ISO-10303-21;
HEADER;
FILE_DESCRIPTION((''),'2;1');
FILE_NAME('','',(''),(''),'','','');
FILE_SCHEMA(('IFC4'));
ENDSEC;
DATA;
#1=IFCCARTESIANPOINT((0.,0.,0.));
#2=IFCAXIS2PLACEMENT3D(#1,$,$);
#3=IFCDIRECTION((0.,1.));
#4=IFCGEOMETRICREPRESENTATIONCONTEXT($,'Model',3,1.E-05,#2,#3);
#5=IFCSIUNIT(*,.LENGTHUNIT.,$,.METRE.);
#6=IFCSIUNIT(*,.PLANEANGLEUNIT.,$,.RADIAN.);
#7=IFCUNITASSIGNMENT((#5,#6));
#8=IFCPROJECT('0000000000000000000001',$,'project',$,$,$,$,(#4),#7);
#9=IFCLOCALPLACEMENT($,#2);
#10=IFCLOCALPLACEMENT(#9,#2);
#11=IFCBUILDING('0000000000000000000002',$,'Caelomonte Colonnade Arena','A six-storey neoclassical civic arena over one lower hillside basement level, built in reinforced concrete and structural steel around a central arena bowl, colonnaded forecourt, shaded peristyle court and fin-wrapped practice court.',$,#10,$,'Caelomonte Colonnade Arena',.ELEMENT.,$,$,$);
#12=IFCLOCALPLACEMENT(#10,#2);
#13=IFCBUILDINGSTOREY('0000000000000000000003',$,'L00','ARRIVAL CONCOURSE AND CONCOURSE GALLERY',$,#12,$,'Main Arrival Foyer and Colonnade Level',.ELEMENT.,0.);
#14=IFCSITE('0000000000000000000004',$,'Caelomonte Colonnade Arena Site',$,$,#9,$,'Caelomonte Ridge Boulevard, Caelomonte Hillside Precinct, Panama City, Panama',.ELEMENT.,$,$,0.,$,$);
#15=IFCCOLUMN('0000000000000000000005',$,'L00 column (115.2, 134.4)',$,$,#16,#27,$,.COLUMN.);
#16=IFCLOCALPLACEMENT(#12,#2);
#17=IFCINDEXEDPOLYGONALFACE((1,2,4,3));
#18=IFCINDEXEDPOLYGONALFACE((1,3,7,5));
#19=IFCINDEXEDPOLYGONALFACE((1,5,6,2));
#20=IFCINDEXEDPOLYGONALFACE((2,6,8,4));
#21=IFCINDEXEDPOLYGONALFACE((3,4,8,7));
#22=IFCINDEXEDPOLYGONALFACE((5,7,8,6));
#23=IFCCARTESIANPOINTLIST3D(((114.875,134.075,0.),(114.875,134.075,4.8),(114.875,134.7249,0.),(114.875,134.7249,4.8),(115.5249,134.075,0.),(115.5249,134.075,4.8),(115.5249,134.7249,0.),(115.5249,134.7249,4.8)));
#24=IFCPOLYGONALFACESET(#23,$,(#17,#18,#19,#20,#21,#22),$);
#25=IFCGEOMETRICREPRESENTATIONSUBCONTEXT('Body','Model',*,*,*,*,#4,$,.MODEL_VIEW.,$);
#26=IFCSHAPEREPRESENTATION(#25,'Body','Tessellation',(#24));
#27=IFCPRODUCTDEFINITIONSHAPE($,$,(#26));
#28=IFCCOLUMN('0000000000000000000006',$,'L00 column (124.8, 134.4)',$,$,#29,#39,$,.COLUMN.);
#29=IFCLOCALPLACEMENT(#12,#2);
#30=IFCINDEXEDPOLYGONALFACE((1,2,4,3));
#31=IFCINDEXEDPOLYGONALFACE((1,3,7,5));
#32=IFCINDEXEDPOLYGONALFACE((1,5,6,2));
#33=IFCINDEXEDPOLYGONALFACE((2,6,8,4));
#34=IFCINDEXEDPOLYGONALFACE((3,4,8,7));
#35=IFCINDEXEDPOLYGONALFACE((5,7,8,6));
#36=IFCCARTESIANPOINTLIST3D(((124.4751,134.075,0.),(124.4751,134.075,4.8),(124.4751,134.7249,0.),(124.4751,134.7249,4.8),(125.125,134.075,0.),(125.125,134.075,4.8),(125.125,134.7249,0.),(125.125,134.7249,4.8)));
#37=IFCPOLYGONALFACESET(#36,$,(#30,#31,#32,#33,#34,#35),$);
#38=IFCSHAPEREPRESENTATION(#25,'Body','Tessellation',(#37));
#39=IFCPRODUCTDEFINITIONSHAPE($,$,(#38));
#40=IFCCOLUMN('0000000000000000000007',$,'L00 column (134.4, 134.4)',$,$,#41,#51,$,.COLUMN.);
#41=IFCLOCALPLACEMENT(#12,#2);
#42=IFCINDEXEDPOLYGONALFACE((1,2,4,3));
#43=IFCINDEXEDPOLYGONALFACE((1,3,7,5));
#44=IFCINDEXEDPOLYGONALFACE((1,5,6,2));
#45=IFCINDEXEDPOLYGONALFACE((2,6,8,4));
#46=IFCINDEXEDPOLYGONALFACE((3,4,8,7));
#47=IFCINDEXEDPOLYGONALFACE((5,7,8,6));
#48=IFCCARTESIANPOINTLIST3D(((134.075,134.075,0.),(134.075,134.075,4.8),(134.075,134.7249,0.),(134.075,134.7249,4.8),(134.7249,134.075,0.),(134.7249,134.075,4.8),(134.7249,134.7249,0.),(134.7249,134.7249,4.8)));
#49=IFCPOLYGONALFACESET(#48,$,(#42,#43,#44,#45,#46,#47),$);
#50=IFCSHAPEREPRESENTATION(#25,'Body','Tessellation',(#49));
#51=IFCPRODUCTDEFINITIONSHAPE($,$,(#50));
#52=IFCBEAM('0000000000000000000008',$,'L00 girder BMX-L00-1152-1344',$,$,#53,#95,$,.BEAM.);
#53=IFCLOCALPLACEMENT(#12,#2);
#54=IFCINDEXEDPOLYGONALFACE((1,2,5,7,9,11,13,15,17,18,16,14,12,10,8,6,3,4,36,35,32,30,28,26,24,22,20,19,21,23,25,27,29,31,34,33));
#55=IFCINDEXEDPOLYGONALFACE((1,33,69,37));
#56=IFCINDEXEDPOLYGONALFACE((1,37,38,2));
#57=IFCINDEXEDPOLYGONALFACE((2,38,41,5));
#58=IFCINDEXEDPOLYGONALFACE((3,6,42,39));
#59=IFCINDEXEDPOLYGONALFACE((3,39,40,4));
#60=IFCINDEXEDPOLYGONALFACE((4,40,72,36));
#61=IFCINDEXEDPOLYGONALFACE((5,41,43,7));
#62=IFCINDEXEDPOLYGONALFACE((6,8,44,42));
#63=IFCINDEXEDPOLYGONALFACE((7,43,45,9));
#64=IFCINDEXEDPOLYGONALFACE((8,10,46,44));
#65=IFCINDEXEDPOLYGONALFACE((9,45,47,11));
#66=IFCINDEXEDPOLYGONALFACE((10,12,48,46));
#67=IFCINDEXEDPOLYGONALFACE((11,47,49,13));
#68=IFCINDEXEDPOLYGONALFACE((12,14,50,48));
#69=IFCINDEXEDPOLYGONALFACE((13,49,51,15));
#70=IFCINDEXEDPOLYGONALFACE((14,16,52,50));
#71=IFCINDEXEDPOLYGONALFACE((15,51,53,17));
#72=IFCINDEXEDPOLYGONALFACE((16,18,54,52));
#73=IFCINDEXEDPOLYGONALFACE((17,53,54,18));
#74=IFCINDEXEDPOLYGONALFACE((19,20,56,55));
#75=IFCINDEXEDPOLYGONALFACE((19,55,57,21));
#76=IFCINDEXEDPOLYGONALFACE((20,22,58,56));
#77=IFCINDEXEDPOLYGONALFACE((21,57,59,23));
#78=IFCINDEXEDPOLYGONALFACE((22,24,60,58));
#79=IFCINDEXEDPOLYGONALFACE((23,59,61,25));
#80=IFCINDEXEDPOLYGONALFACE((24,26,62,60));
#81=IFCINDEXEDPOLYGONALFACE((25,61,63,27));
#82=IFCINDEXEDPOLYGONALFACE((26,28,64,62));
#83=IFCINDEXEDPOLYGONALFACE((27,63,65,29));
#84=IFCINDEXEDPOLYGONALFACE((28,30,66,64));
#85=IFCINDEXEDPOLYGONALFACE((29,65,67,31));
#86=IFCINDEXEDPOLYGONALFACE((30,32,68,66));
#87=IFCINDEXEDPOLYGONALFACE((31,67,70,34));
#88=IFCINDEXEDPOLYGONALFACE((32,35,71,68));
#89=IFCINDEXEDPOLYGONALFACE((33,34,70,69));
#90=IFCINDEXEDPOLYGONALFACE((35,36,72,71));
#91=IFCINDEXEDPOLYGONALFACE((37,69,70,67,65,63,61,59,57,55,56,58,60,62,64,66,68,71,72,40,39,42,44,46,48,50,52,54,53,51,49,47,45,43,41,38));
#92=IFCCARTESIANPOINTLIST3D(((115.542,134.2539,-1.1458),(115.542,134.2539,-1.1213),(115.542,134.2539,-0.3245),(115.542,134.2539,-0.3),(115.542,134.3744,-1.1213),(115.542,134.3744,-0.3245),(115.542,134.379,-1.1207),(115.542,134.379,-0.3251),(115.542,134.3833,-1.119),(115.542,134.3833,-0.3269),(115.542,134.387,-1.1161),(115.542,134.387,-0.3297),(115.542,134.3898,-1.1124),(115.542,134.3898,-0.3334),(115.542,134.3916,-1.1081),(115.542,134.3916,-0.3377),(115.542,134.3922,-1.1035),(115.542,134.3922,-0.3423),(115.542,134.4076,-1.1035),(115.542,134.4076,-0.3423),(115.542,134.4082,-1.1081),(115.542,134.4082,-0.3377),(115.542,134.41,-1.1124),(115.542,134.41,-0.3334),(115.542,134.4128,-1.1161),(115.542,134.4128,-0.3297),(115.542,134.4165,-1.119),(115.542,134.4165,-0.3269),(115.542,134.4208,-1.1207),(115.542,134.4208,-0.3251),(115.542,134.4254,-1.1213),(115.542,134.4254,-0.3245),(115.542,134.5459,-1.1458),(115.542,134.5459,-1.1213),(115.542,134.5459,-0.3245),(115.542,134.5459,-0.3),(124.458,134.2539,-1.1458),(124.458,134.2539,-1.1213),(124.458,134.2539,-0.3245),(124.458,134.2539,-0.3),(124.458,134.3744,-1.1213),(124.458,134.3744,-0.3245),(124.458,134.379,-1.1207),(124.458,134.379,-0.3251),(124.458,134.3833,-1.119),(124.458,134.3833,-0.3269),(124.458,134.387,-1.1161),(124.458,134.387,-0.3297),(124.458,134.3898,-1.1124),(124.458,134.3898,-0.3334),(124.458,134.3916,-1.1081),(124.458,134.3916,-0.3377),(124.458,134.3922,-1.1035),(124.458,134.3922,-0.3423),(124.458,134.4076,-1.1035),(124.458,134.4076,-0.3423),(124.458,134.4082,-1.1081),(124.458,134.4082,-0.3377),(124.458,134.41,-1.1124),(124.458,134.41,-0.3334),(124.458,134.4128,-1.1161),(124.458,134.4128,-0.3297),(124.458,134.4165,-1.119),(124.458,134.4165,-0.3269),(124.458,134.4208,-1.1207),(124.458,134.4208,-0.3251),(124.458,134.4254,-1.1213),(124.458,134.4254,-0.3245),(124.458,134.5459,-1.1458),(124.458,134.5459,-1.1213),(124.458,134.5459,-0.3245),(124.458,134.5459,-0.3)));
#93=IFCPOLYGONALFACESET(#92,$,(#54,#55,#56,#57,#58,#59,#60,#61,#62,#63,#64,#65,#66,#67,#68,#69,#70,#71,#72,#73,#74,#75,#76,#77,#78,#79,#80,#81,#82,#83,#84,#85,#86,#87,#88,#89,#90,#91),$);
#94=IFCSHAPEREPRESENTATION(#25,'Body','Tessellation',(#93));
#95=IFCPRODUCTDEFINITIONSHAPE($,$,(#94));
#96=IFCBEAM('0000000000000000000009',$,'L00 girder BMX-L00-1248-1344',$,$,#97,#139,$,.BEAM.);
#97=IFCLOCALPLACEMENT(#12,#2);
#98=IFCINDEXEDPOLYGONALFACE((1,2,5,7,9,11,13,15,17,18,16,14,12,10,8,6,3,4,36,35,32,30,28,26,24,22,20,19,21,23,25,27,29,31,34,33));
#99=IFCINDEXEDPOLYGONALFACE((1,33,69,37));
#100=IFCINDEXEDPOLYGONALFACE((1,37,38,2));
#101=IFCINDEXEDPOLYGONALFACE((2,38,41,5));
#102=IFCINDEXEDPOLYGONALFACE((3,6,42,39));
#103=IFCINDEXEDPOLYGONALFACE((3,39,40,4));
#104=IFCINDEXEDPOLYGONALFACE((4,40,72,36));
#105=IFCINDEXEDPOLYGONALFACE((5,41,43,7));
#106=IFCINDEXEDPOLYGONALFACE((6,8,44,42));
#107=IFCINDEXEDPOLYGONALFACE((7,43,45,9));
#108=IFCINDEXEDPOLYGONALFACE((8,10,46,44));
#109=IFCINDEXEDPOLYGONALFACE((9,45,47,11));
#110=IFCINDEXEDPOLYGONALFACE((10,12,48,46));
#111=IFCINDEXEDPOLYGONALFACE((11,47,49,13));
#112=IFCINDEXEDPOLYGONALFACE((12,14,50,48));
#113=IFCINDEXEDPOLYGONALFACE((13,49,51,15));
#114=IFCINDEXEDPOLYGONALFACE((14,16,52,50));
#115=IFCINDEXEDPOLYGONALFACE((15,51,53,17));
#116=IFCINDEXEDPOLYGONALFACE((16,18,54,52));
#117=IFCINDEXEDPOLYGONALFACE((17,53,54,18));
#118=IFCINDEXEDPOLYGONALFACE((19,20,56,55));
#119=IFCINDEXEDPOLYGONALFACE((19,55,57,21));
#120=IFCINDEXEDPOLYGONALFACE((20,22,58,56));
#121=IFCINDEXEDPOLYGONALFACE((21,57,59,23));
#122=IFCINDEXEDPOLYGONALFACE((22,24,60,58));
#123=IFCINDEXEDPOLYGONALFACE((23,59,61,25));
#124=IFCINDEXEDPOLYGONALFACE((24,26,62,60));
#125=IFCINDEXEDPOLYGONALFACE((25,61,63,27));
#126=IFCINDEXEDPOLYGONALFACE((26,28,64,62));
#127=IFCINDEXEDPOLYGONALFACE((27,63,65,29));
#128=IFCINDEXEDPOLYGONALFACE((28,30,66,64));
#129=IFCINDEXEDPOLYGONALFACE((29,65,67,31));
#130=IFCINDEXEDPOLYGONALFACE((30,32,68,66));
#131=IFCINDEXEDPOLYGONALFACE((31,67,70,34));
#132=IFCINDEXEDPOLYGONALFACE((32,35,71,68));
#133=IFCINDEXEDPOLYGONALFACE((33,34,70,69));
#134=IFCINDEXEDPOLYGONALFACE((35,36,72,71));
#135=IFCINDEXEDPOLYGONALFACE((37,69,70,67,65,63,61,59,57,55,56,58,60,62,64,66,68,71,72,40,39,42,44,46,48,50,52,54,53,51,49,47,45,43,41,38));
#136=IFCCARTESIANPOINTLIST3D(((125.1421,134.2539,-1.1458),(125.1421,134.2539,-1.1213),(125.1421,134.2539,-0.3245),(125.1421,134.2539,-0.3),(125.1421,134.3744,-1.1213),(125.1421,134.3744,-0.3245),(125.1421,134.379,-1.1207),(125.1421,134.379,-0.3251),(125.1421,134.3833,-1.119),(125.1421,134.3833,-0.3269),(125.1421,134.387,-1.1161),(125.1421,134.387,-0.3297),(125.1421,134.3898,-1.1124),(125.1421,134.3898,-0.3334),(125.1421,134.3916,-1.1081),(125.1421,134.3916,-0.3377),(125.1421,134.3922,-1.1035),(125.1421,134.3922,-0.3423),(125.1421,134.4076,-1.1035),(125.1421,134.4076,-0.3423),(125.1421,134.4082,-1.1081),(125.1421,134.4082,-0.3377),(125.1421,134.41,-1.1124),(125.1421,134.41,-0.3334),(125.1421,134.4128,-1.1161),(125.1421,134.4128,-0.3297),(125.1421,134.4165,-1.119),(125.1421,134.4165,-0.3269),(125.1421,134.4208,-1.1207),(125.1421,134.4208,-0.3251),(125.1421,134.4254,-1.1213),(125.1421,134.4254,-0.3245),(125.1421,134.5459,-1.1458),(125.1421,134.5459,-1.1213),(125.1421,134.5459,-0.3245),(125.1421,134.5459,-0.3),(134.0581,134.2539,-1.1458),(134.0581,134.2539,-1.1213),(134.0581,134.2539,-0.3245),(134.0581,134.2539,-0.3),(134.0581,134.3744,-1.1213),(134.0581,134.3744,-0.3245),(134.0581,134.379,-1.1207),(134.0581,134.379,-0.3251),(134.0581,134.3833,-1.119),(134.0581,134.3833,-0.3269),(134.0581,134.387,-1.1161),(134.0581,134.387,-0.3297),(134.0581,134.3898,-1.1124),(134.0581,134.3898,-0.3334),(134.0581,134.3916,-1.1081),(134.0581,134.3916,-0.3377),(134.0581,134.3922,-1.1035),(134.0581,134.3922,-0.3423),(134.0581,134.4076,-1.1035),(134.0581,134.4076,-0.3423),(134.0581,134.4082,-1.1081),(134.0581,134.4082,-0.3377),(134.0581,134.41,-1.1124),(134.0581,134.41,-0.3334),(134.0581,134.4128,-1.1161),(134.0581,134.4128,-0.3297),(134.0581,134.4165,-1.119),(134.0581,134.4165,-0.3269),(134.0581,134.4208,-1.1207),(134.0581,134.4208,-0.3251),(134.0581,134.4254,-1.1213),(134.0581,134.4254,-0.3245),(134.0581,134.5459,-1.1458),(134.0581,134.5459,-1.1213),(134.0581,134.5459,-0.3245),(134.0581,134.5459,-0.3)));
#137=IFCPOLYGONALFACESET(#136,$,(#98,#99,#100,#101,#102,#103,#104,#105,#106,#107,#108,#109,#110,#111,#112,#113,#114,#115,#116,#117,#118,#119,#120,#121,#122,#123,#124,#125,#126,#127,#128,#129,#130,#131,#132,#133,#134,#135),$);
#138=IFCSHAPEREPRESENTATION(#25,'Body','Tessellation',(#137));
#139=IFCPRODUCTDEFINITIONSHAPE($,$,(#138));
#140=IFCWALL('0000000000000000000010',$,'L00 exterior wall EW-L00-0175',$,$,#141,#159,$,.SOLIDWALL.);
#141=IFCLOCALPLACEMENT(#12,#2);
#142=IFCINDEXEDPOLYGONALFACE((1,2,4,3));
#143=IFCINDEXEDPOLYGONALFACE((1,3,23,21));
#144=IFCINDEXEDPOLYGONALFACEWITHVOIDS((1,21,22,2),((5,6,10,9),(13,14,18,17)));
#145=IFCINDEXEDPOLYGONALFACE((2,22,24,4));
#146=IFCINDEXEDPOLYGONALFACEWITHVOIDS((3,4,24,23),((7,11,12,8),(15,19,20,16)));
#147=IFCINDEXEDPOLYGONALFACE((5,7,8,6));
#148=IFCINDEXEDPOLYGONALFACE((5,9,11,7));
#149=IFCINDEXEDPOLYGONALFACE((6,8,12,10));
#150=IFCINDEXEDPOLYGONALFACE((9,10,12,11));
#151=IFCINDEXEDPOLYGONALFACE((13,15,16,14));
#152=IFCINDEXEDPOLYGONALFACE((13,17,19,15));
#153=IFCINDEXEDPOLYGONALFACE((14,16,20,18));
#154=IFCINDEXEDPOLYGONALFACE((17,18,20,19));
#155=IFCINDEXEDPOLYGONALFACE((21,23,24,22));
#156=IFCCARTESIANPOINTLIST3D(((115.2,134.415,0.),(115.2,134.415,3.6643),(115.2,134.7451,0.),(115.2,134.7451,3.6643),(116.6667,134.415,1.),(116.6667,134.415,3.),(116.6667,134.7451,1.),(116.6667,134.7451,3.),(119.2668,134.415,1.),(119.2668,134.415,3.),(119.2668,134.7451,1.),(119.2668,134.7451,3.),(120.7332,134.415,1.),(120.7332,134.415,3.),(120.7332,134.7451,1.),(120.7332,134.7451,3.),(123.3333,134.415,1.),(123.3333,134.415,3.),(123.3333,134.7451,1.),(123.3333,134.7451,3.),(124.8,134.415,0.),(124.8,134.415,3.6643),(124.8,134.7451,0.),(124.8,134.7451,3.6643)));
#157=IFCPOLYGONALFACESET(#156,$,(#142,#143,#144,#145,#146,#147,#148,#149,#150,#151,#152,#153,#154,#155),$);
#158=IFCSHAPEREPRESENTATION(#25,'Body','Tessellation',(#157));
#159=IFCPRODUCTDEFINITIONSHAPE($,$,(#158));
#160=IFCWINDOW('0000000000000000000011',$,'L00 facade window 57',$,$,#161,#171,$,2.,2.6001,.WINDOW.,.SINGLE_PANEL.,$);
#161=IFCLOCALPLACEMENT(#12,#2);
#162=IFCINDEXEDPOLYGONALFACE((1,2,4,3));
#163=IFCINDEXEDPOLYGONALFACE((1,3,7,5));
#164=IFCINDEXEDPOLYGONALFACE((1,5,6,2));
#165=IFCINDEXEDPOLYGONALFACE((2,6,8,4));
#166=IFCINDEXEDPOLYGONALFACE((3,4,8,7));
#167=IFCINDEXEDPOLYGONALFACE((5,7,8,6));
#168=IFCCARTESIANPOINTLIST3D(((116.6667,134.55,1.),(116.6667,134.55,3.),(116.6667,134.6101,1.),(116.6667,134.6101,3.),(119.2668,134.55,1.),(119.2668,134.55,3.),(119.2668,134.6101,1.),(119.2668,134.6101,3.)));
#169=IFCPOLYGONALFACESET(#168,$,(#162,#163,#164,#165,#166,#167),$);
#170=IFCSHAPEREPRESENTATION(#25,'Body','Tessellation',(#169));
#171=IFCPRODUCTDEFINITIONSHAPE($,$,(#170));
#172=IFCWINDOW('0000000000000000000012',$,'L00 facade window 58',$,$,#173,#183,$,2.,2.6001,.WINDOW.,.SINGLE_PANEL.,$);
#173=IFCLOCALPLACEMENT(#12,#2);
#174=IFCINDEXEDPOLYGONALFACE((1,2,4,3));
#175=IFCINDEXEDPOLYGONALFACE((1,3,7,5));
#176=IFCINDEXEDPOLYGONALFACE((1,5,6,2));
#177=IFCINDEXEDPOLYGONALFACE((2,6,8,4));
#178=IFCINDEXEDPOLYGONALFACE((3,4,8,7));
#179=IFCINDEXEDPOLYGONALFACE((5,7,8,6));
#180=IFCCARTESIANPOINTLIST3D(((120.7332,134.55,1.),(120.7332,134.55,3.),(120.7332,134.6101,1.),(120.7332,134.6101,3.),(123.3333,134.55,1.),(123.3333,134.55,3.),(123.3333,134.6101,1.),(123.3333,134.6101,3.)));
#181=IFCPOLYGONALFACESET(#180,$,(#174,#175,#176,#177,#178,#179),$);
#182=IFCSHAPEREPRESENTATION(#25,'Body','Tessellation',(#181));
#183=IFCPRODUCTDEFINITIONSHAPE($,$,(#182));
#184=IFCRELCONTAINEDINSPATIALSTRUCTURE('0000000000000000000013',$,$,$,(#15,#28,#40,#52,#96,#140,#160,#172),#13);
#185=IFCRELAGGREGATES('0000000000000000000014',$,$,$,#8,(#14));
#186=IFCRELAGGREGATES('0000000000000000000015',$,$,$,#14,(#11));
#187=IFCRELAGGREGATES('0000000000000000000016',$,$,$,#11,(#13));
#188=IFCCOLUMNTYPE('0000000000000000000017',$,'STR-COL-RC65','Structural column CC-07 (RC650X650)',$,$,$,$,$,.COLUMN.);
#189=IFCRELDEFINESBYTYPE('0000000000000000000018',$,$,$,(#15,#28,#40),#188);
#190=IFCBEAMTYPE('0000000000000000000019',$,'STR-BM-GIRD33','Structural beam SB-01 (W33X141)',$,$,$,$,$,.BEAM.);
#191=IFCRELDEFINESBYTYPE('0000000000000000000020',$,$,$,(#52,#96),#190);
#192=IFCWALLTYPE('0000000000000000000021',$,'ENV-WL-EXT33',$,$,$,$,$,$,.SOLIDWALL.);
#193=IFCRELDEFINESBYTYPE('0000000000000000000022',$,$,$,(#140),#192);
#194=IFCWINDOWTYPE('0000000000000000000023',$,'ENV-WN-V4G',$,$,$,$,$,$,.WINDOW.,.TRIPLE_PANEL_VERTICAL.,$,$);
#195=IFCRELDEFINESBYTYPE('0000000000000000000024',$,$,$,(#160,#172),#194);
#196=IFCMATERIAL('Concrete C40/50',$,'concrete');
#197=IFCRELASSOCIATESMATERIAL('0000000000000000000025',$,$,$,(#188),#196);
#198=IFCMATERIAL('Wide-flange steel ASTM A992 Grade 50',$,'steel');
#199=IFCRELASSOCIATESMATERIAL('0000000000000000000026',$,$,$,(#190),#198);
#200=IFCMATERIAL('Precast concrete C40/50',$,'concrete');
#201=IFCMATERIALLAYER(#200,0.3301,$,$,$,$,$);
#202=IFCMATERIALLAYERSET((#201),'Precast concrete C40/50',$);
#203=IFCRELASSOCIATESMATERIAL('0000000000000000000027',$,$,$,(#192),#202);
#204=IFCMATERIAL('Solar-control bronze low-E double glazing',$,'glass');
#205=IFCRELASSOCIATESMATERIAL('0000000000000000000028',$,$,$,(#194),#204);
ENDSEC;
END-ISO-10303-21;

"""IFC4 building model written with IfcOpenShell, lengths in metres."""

from ifc_helpers import new_model, si_unit, direction, frame, frame_2d, origin, origin_2d, place, context, subcontext, project, spatial, rectangle, i_section, extrude, material, layer, layer_set, material_profile, profile_set, type_object, element, fill, save


model = new_model("IFC4")

# Units and contexts
model_context = context("Model", 3, precision=1e-05, world=origin(), true_north=direction((0.0, 1.0)))
body_context = subcontext(model_context, "Body", "Model", "MODEL_VIEW")
ifc_project = project(units=[si_unit("LENGTHUNIT", "METRE"), si_unit("PLANEANGLEUNIT", "RADIAN")], contexts=[model_context])

# Site, building, storey
site_placement = place(None, origin())
site = spatial("IfcSite", under=ifc_project, at=site_placement, Name="Caelomonte Colonnade Arena Site", LongName="Caelomonte Ridge Boulevard, Caelomonte Hillside Precinct, Panama City, Panama", CompositionType="ELEMENT", RefElevation=0.0)
building_placement = place(site_placement, origin())
building = spatial("IfcBuilding", under=site, at=building_placement, Name="Caelomonte Colonnade Arena", Description="A six-storey neoclassical civic arena over one lower hillside basement level, built in reinforced concrete and structural steel around a central arena bowl, colonnaded forecourt, shaded peristyle court and fin-wrapped practice court.", LongName="Caelomonte Colonnade Arena", CompositionType="ELEMENT")
storey_placement = place(building_placement, origin())
storey = spatial("IfcBuildingStorey", under=building, at=storey_placement, Name="L00", Description="ARRIVAL CONCOURSE AND CONCOURSE GALLERY", LongName="Main Arrival Foyer and Colonnade Level", CompositionType="ELEMENT", Elevation=0.0)

# Columns
ifc_material_1 = material(Name="Concrete C40/50", Category="concrete")
ifc_material_profile_1 = material_profile(ifc_material_1, rectangle(XDim=0.6499, YDim=0.6499, at=origin_2d()), Name="RC650X650")
ifc_profile_set_1 = profile_set([ifc_material_profile_1], Name="Concrete C40/50")
column_type = type_object("IfcColumnType", Name="STR-COL-RC65", Description="Structural column CC-07 (RC650X650)", PredefinedType="COLUMN", material=ifc_profile_set_1)
for number, where, z_axis, x_axis, name in (
    (1, (115.2, 134.3999, 0.0), (0.0, 0.0, 1.0), (1.0, 0.0, 0.0), "L00 column (115.2, 134.4)"),
    (2, (124.8, 134.3999, 0.0), (0.0, 0.0, 1.0), (1.0, 0.0, 0.0), "L00 column (124.8, 134.4)"),
    (3, (134.3999, 134.3999, 0.0), (0.0, 0.0, 1.0), (1.0, 0.0, 0.0), "L00 column (134.4, 134.4)"),
):
    element("IfcColumn", number, at=place(storey_placement, frame(where, z_axis=z_axis, x_axis=x_axis)), inside=storey, type_object=column_type, Name=name, PredefinedType="COLUMN", context=body_context, shape_type="SweptSolid", body=[
        extrude(rectangle(XDim=0.6499, YDim=0.6499, at=origin_2d()), origin(), (0.0, 0.0, 1.0), 4.8),
    ])

# Beams
ifc_material_2 = material(Name="Wide-flange steel ASTM A992 Grade 50", Category="steel")
ifc_material_profile_2 = material_profile(ifc_material_2, i_section(OverallWidth=0.292, OverallDepth=0.8457, WebThickness=0.0154, FlangeThickness=0.0244, FilletRadius=0.0178, at=origin_2d()), Name="W33X141")
ifc_profile_set_2 = profile_set([ifc_material_profile_2], Name="Wide-flange steel ASTM A992 Grade 50")
beam_type = type_object("IfcBeamType", Name="STR-BM-GIRD33", Description="Structural beam SB-01 (W33X141)", PredefinedType="BEAM", material=ifc_profile_set_2)
for number, where, z_axis, x_axis, name in (
    (4, (115.542, 134.3999, -0.7229), (1.0, 0.0, 0.0), (0.0, 1.0, 0.0), "L00 girder BMX-L00-1152-1344"),
    (5, (125.1421, 134.3999, -0.7229), (1.0, 0.0, 0.0), (0.0, 1.0, 0.0), "L00 girder BMX-L00-1248-1344"),
):
    element("IfcBeam", number, at=place(storey_placement, frame(where, z_axis=z_axis, x_axis=x_axis)), inside=storey, type_object=beam_type, Name=name, PredefinedType="BEAM", context=body_context, shape_type="SweptSolid", body=[
        extrude(i_section(OverallWidth=0.292, OverallDepth=0.8457, WebThickness=0.0154, FlangeThickness=0.0244, FilletRadius=0.0178, at=origin_2d()), origin(), (0.0, 0.0, 1.0), 8.916),
    ])

# Wall, openings, windows
ifc_material_3 = material(Name="Precast concrete C40/50", Category="concrete")
ifc_layer = layer(ifc_material_3, 0.3301)
ifc_layer_set = layer_set([ifc_layer], Name="Precast concrete C40/50")
wall_type = type_object("IfcWallType", Name="ENV-WL-EXT33", PredefinedType="SOLIDWALL", material=ifc_layer_set)
wall_1_placement = place(storey_placement, frame((115.2, 134.5801, 0.0), z_axis=(0.0, 0.0, 1.0), x_axis=(1.0, 0.0, 0.0)))
wall_1 = element("IfcWall", 6, at=wall_1_placement, inside=storey, type_object=wall_type, Name="L00 exterior wall EW-L00-0175", PredefinedType="SOLIDWALL", context=body_context, shape_type="SweptSolid", body=[
    extrude(rectangle(XDim=9.6001, YDim=0.3301, at=frame_2d((4.8, 0.0))), origin(), (0.0, 0.0, 1.0), 3.6643),
])
opening_1_placement = place(wall_1_placement, frame((4.0669, 0.0, 1.0), z_axis=(0.0, 0.0, 1.0), x_axis=(-1.0, 0.0, 0.0)))
opening_1 = element("IfcOpeningElement", 7, at=opening_1_placement, cuts=wall_1, PredefinedType="OPENING", context=body_context, shape_type="SweptSolid", body=[
    extrude(rectangle(XDim=2.6001, YDim=2.0, at=frame_2d((1.3, 1.0))), frame((0.0, 0.175, 0.0), z_axis=(0.0, -1.0, 0.0), x_axis=(1.0, 0.0, 0.0)), (0.0, 0.0, 1.0), 0.3501),
])
opening_2_placement = place(wall_1_placement, frame((8.1333, 0.0, 1.0), z_axis=(0.0, 0.0, 1.0), x_axis=(-1.0, 0.0, 0.0)))
opening_2 = element("IfcOpeningElement", 8, at=opening_2_placement, cuts=wall_1, PredefinedType="OPENING", context=body_context, shape_type="SweptSolid", body=[
    extrude(rectangle(XDim=2.6001, YDim=2.0, at=frame_2d((1.3, 1.0))), frame((0.0, 0.175, 0.0), z_axis=(0.0, -1.0, 0.0), x_axis=(1.0, 0.0, 0.0)), (0.0, 0.0, 1.0), 0.3501),
])
ifc_material_4 = material(Name="Solar-control bronze low-E double glazing", Category="glass")
window_type = type_object("IfcWindowType", Name="ENV-WN-V4G", PartitioningType="TRIPLE_PANEL_VERTICAL", PredefinedType="WINDOW", material=ifc_material_4)
window_1_placement = place(opening_1_placement, origin())
window_1 = element("IfcWindow", 9, at=window_1_placement, inside=storey, type_object=window_type, Name="L00 facade window 57", OverallHeight=2.0, OverallWidth=2.6001, PartitioningType="SINGLE_PANEL", PredefinedType="WINDOW", context=body_context, shape_type="SweptSolid", body=[
    extrude(rectangle(XDim=2.6001, YDim=2.0, at=frame_2d((1.3, 1.0))), frame((0.0, 0.03, 0.0), z_axis=(0.0, -1.0, 0.0), x_axis=(1.0, 0.0, 0.0)), (0.0, 0.0, 1.0), 0.0601),
])
fill(opening_1, window_1)
window_2_placement = place(opening_2_placement, origin())
window_2 = element("IfcWindow", 10, at=window_2_placement, inside=storey, type_object=window_type, Name="L00 facade window 58", OverallHeight=2.0, OverallWidth=2.6001, PartitioningType="SINGLE_PANEL", PredefinedType="WINDOW", context=body_context, shape_type="SweptSolid", body=[
    extrude(rectangle(XDim=2.6001, YDim=2.0, at=frame_2d((1.3, 1.0))), frame((0.0, 0.03, 0.0), z_axis=(0.0, -1.0, 0.0), x_axis=(1.0, 0.0, 0.0)), (0.0, 0.0, 1.0), 0.0601),
])
fill(opening_2, window_2)

save(model, "model.ifc")
